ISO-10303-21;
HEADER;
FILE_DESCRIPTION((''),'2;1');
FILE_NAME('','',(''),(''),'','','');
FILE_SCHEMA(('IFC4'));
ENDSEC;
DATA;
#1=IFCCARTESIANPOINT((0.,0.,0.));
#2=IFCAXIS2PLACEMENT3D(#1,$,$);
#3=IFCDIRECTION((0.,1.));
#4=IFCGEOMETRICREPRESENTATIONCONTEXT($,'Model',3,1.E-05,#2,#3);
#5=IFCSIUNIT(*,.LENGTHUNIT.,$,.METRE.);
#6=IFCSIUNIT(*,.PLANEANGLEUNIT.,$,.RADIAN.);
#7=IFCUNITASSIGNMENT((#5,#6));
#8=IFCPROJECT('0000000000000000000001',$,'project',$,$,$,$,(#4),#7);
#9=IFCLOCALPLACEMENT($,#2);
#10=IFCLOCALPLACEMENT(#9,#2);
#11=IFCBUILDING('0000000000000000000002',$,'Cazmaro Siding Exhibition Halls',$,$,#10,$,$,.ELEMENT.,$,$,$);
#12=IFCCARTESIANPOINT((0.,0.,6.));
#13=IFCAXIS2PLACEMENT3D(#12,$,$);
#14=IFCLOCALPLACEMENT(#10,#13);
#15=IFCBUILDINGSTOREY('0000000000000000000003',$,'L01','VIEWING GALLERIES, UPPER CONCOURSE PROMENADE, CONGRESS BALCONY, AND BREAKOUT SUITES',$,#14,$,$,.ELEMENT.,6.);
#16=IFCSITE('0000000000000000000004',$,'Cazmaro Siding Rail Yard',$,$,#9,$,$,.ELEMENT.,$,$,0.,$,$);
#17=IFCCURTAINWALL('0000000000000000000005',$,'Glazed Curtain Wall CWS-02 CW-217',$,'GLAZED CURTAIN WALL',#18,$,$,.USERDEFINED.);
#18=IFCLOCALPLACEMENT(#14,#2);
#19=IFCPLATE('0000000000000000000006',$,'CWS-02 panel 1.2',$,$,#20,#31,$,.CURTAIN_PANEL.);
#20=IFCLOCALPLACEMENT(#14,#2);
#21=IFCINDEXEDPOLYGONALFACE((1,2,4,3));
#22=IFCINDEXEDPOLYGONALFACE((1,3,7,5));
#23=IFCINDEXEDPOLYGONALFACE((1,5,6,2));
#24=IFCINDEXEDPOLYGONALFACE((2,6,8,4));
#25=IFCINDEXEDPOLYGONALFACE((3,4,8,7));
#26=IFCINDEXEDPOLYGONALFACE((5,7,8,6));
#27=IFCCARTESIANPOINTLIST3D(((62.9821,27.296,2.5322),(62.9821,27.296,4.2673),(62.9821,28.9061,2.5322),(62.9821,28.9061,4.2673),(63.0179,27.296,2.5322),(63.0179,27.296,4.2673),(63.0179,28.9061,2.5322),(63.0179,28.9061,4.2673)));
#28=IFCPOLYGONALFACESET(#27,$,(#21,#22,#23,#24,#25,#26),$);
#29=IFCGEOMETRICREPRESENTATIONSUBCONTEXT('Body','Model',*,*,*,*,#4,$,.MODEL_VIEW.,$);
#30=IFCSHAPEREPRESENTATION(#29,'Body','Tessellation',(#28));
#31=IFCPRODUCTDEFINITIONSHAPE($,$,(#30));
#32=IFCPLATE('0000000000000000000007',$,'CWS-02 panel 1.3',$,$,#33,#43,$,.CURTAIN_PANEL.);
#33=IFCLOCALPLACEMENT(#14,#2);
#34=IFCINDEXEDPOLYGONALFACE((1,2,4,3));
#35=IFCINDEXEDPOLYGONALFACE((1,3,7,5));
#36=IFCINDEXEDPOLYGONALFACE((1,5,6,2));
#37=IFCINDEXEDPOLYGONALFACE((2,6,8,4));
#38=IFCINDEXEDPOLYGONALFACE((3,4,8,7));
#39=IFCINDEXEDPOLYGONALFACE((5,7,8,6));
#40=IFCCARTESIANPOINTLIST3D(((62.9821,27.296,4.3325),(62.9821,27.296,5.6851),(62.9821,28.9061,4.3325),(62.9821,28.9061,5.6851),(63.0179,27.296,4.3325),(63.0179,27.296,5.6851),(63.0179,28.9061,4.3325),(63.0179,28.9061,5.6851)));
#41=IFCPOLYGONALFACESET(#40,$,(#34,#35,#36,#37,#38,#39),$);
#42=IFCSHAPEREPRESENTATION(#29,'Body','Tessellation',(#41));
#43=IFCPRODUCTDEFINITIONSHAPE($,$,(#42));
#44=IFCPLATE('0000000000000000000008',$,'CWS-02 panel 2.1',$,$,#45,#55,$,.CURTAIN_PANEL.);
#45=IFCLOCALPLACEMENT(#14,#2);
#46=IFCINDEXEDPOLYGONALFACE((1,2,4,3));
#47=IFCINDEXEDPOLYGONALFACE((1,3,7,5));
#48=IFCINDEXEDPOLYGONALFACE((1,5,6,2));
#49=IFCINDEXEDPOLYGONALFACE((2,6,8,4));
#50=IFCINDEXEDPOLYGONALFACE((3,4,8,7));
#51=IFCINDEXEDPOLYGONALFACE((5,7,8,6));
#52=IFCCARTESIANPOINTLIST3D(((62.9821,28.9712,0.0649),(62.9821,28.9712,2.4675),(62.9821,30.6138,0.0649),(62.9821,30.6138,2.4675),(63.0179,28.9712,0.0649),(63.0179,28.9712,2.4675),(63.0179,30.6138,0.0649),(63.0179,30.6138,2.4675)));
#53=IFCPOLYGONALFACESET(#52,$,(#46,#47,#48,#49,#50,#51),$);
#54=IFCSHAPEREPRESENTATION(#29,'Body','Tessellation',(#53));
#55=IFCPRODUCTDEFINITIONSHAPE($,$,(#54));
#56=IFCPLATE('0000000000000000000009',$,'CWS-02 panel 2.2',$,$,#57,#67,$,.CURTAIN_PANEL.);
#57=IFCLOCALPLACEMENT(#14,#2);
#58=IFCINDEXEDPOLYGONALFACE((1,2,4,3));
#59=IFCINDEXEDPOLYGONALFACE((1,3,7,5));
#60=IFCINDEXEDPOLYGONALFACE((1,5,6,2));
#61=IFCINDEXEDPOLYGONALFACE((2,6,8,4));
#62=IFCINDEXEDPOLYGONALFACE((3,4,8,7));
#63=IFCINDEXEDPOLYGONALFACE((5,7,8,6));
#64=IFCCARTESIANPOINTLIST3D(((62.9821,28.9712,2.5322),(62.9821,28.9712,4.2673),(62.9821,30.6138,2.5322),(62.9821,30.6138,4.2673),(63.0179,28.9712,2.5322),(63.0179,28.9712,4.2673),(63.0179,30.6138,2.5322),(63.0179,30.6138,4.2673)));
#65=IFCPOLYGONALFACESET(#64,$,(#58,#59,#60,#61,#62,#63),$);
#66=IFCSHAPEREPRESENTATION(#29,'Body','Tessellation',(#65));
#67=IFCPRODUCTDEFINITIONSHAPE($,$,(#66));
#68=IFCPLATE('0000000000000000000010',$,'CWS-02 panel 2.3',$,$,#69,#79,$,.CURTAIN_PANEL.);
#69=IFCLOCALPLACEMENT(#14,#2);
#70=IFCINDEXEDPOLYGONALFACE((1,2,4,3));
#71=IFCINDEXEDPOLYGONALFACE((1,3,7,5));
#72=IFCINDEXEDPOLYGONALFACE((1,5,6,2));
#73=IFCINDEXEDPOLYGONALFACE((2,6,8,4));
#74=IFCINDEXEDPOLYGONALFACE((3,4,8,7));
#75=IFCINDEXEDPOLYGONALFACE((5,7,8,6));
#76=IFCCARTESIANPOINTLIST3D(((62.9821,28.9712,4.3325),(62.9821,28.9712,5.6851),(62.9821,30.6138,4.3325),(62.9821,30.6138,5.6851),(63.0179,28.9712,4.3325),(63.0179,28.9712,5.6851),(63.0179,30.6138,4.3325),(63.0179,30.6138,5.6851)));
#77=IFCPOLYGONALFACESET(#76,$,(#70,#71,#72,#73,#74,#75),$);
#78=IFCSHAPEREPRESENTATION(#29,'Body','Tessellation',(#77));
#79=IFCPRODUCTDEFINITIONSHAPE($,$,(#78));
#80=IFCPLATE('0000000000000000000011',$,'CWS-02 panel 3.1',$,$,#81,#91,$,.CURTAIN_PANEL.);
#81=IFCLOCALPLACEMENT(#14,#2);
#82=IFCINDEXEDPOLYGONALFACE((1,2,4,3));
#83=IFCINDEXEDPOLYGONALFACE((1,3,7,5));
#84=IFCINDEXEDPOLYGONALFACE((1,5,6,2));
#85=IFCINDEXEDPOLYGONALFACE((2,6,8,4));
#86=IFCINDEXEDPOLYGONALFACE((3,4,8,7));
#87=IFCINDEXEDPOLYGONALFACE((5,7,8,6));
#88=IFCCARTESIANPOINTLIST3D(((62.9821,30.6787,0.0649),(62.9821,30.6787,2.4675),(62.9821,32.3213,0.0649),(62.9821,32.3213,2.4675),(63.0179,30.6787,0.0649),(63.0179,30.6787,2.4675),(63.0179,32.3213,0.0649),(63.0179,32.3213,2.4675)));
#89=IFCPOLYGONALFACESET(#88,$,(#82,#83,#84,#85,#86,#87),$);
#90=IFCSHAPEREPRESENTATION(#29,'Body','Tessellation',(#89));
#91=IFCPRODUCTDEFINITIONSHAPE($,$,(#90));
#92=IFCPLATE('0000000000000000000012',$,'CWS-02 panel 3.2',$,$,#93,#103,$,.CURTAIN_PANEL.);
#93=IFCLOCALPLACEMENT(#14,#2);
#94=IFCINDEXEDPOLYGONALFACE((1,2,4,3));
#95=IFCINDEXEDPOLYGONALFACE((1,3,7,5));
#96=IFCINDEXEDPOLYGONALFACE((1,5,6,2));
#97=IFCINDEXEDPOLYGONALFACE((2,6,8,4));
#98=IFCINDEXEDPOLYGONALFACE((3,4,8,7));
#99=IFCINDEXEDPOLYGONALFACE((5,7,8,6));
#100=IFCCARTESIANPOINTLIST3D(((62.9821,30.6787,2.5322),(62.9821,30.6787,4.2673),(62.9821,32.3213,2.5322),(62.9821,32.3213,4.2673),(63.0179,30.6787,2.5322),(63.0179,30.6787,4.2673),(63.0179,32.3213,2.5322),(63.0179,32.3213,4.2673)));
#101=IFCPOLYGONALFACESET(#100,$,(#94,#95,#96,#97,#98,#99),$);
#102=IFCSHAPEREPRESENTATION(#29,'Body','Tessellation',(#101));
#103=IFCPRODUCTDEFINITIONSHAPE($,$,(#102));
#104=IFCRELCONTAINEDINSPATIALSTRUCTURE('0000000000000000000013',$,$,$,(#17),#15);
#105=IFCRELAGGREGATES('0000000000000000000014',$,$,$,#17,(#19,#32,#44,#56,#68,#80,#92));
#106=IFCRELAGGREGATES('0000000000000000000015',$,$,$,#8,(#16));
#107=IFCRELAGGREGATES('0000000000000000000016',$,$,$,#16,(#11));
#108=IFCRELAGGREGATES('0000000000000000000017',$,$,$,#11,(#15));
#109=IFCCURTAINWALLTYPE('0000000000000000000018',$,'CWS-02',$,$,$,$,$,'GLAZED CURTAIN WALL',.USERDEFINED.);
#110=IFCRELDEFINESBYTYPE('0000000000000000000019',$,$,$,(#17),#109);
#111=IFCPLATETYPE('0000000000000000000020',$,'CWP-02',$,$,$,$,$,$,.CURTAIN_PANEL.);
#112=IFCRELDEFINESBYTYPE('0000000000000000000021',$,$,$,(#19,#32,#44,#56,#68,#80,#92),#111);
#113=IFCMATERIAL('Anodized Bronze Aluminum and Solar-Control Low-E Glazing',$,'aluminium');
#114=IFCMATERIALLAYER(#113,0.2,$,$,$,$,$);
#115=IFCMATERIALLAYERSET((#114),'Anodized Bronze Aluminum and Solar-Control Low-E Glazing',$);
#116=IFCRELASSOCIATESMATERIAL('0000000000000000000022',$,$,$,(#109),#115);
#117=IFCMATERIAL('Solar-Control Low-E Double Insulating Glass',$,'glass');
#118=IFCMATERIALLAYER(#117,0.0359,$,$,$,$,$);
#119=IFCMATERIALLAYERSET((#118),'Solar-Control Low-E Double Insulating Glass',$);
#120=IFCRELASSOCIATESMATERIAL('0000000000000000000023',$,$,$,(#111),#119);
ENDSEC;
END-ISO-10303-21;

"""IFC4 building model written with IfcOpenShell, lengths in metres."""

from ifc_helpers import new_model, si_unit, direction, frame, origin, origin_2d, place, context, subcontext, project, spatial, rectangle, extrude, material, layer, layer_set, type_object, element, aggregate, save


model = new_model("IFC4")

# Units and contexts
model_context = context("Model", 3, precision=1e-05, world=origin(), true_north=direction((0.0, 1.0)))
body_context = subcontext(model_context, "Body", "Model", "MODEL_VIEW")
ifc_project = project(units=[si_unit("LENGTHUNIT", "METRE"), si_unit("PLANEANGLEUNIT", "RADIAN")], contexts=[model_context])

# Site, building, storey
site_placement = place(None, origin())
site = spatial("IfcSite", under=ifc_project, at=site_placement, Name="Cazmaro Siding Rail Yard", CompositionType="ELEMENT", RefElevation=0.0)
building_placement = place(site_placement, origin())
building = spatial("IfcBuilding", under=site, at=building_placement, Name="Cazmaro Siding Exhibition Halls", CompositionType="ELEMENT")
storey_placement = place(building_placement, frame((0.0, 0.0, 6.0)))
storey = spatial("IfcBuildingStorey", under=building, at=storey_placement, Name="L01", Description="VIEWING GALLERIES, UPPER CONCOURSE PROMENADE, CONGRESS BALCONY, AND BREAKOUT SUITES", CompositionType="ELEMENT", Elevation=6.0)

# Curtain wall, plates
ifc_material_1 = material(Name="Anodized Bronze Aluminum and Solar-Control Low-E Glazing", Category="aluminium")
ifc_layer_1 = layer(ifc_material_1, 0.2)
ifc_layer_set_1 = layer_set([ifc_layer_1], Name="Anodized Bronze Aluminum and Solar-Control Low-E Glazing")
curtain_wall_type = type_object("IfcCurtainWallType", Name="CWS-02", ElementType="GLAZED CURTAIN WALL", PredefinedType="USERDEFINED", material=ifc_layer_set_1)
curtain_wall_placement = place(storey_placement, origin())
curtain_wall = element("IfcCurtainWall", 1, at=curtain_wall_placement, inside=storey, type_object=curtain_wall_type, Name="Glazed Curtain Wall CWS-02 CW-217", ObjectType="GLAZED CURTAIN WALL", PredefinedType="USERDEFINED")
ifc_material_2 = material(Name="Solar-Control Low-E Double Insulating Glass", Category="glass")
ifc_layer_2 = layer(ifc_material_2, 0.0359)
ifc_layer_set_2 = layer_set([ifc_layer_2], Name="Solar-Control Low-E Double Insulating Glass")
plate_type = type_object("IfcPlateType", Name="CWP-02", PredefinedType="CURTAIN_PANEL", material=ifc_layer_set_2)
plate_1_placement = place(storey_placement, frame((63.0, 28.1011, 2.5322), z_axis=(0.0, 0.0, 1.0), x_axis=(0.0, 1.0, 0.0)))
plate_1 = element("IfcPlate", 2, at=plate_1_placement, type_object=plate_type, Name="CWS-02 panel 1.2", PredefinedType="CURTAIN_PANEL", context=body_context, shape_type="SweptSolid", body=[
    extrude(rectangle(XDim=1.6101, YDim=0.0359, at=origin_2d()), origin(), (0.0, 0.0, 1.0), 1.7351),
])
plate_2_placement = place(storey_placement, frame((63.0, 28.1011, 4.3325), z_axis=(0.0, 0.0, 1.0), x_axis=(0.0, 1.0, 0.0)))
plate_2 = element("IfcPlate", 3, at=plate_2_placement, type_object=plate_type, Name="CWS-02 panel 1.3", PredefinedType="CURTAIN_PANEL", context=body_context, shape_type="SweptSolid", body=[
    extrude(rectangle(XDim=1.6101, YDim=0.0359, at=origin_2d()), origin(), (0.0, 0.0, 1.0), 1.3525),
])
plate_3_placement = place(storey_placement, frame((63.0, 29.7925, 0.0649), z_axis=(0.0, 0.0, 1.0), x_axis=(0.0, 1.0, 0.0)))
plate_3 = element("IfcPlate", 4, at=plate_3_placement, type_object=plate_type, Name="CWS-02 panel 2.1", PredefinedType="CURTAIN_PANEL", context=body_context, shape_type="SweptSolid", body=[
    extrude(rectangle(XDim=1.6426, YDim=0.0359, at=origin_2d()), origin(), (0.0, 0.0, 1.0), 2.4026),
])
plate_4_placement = place(storey_placement, frame((63.0, 29.7925, 2.5322), z_axis=(0.0, 0.0, 1.0), x_axis=(0.0, 1.0, 0.0)))
plate_4 = element("IfcPlate", 5, at=plate_4_placement, type_object=plate_type, Name="CWS-02 panel 2.2", PredefinedType="CURTAIN_PANEL", context=body_context, shape_type="SweptSolid", body=[
    extrude(rectangle(XDim=1.6426, YDim=0.0359, at=origin_2d()), origin(), (0.0, 0.0, 1.0), 1.7351),
])
plate_5_placement = place(storey_placement, frame((63.0, 29.7925, 4.3325), z_axis=(0.0, 0.0, 1.0), x_axis=(0.0, 1.0, 0.0)))
plate_5 = element("IfcPlate", 6, at=plate_5_placement, type_object=plate_type, Name="CWS-02 panel 2.3", PredefinedType="CURTAIN_PANEL", context=body_context, shape_type="SweptSolid", body=[
    extrude(rectangle(XDim=1.6426, YDim=0.0359, at=origin_2d()), origin(), (0.0, 0.0, 1.0), 1.3525),
])
plate_6_placement = place(storey_placement, frame((63.0, 31.5, 0.0649), z_axis=(0.0, 0.0, 1.0), x_axis=(0.0, 1.0, 0.0)))
plate_6 = element("IfcPlate", 7, at=plate_6_placement, type_object=plate_type, Name="CWS-02 panel 3.1", PredefinedType="CURTAIN_PANEL", context=body_context, shape_type="SweptSolid", body=[
    extrude(rectangle(XDim=1.6426, YDim=0.0359, at=origin_2d()), origin(), (0.0, 0.0, 1.0), 2.4026),
])
plate_7_placement = place(storey_placement, frame((63.0, 31.5, 2.5322), z_axis=(0.0, 0.0, 1.0), x_axis=(0.0, 1.0, 0.0)))
plate_7 = element("IfcPlate", 8, at=plate_7_placement, type_object=plate_type, Name="CWS-02 panel 3.2", PredefinedType="CURTAIN_PANEL", context=body_context, shape_type="SweptSolid", body=[
    extrude(rectangle(XDim=1.6426, YDim=0.0359, at=origin_2d()), origin(), (0.0, 0.0, 1.0), 1.7351),
])
aggregate(curtain_wall, [plate_1, plate_2, plate_3, plate_4, plate_5, plate_6, plate_7])

save(model, "model.ifc")
